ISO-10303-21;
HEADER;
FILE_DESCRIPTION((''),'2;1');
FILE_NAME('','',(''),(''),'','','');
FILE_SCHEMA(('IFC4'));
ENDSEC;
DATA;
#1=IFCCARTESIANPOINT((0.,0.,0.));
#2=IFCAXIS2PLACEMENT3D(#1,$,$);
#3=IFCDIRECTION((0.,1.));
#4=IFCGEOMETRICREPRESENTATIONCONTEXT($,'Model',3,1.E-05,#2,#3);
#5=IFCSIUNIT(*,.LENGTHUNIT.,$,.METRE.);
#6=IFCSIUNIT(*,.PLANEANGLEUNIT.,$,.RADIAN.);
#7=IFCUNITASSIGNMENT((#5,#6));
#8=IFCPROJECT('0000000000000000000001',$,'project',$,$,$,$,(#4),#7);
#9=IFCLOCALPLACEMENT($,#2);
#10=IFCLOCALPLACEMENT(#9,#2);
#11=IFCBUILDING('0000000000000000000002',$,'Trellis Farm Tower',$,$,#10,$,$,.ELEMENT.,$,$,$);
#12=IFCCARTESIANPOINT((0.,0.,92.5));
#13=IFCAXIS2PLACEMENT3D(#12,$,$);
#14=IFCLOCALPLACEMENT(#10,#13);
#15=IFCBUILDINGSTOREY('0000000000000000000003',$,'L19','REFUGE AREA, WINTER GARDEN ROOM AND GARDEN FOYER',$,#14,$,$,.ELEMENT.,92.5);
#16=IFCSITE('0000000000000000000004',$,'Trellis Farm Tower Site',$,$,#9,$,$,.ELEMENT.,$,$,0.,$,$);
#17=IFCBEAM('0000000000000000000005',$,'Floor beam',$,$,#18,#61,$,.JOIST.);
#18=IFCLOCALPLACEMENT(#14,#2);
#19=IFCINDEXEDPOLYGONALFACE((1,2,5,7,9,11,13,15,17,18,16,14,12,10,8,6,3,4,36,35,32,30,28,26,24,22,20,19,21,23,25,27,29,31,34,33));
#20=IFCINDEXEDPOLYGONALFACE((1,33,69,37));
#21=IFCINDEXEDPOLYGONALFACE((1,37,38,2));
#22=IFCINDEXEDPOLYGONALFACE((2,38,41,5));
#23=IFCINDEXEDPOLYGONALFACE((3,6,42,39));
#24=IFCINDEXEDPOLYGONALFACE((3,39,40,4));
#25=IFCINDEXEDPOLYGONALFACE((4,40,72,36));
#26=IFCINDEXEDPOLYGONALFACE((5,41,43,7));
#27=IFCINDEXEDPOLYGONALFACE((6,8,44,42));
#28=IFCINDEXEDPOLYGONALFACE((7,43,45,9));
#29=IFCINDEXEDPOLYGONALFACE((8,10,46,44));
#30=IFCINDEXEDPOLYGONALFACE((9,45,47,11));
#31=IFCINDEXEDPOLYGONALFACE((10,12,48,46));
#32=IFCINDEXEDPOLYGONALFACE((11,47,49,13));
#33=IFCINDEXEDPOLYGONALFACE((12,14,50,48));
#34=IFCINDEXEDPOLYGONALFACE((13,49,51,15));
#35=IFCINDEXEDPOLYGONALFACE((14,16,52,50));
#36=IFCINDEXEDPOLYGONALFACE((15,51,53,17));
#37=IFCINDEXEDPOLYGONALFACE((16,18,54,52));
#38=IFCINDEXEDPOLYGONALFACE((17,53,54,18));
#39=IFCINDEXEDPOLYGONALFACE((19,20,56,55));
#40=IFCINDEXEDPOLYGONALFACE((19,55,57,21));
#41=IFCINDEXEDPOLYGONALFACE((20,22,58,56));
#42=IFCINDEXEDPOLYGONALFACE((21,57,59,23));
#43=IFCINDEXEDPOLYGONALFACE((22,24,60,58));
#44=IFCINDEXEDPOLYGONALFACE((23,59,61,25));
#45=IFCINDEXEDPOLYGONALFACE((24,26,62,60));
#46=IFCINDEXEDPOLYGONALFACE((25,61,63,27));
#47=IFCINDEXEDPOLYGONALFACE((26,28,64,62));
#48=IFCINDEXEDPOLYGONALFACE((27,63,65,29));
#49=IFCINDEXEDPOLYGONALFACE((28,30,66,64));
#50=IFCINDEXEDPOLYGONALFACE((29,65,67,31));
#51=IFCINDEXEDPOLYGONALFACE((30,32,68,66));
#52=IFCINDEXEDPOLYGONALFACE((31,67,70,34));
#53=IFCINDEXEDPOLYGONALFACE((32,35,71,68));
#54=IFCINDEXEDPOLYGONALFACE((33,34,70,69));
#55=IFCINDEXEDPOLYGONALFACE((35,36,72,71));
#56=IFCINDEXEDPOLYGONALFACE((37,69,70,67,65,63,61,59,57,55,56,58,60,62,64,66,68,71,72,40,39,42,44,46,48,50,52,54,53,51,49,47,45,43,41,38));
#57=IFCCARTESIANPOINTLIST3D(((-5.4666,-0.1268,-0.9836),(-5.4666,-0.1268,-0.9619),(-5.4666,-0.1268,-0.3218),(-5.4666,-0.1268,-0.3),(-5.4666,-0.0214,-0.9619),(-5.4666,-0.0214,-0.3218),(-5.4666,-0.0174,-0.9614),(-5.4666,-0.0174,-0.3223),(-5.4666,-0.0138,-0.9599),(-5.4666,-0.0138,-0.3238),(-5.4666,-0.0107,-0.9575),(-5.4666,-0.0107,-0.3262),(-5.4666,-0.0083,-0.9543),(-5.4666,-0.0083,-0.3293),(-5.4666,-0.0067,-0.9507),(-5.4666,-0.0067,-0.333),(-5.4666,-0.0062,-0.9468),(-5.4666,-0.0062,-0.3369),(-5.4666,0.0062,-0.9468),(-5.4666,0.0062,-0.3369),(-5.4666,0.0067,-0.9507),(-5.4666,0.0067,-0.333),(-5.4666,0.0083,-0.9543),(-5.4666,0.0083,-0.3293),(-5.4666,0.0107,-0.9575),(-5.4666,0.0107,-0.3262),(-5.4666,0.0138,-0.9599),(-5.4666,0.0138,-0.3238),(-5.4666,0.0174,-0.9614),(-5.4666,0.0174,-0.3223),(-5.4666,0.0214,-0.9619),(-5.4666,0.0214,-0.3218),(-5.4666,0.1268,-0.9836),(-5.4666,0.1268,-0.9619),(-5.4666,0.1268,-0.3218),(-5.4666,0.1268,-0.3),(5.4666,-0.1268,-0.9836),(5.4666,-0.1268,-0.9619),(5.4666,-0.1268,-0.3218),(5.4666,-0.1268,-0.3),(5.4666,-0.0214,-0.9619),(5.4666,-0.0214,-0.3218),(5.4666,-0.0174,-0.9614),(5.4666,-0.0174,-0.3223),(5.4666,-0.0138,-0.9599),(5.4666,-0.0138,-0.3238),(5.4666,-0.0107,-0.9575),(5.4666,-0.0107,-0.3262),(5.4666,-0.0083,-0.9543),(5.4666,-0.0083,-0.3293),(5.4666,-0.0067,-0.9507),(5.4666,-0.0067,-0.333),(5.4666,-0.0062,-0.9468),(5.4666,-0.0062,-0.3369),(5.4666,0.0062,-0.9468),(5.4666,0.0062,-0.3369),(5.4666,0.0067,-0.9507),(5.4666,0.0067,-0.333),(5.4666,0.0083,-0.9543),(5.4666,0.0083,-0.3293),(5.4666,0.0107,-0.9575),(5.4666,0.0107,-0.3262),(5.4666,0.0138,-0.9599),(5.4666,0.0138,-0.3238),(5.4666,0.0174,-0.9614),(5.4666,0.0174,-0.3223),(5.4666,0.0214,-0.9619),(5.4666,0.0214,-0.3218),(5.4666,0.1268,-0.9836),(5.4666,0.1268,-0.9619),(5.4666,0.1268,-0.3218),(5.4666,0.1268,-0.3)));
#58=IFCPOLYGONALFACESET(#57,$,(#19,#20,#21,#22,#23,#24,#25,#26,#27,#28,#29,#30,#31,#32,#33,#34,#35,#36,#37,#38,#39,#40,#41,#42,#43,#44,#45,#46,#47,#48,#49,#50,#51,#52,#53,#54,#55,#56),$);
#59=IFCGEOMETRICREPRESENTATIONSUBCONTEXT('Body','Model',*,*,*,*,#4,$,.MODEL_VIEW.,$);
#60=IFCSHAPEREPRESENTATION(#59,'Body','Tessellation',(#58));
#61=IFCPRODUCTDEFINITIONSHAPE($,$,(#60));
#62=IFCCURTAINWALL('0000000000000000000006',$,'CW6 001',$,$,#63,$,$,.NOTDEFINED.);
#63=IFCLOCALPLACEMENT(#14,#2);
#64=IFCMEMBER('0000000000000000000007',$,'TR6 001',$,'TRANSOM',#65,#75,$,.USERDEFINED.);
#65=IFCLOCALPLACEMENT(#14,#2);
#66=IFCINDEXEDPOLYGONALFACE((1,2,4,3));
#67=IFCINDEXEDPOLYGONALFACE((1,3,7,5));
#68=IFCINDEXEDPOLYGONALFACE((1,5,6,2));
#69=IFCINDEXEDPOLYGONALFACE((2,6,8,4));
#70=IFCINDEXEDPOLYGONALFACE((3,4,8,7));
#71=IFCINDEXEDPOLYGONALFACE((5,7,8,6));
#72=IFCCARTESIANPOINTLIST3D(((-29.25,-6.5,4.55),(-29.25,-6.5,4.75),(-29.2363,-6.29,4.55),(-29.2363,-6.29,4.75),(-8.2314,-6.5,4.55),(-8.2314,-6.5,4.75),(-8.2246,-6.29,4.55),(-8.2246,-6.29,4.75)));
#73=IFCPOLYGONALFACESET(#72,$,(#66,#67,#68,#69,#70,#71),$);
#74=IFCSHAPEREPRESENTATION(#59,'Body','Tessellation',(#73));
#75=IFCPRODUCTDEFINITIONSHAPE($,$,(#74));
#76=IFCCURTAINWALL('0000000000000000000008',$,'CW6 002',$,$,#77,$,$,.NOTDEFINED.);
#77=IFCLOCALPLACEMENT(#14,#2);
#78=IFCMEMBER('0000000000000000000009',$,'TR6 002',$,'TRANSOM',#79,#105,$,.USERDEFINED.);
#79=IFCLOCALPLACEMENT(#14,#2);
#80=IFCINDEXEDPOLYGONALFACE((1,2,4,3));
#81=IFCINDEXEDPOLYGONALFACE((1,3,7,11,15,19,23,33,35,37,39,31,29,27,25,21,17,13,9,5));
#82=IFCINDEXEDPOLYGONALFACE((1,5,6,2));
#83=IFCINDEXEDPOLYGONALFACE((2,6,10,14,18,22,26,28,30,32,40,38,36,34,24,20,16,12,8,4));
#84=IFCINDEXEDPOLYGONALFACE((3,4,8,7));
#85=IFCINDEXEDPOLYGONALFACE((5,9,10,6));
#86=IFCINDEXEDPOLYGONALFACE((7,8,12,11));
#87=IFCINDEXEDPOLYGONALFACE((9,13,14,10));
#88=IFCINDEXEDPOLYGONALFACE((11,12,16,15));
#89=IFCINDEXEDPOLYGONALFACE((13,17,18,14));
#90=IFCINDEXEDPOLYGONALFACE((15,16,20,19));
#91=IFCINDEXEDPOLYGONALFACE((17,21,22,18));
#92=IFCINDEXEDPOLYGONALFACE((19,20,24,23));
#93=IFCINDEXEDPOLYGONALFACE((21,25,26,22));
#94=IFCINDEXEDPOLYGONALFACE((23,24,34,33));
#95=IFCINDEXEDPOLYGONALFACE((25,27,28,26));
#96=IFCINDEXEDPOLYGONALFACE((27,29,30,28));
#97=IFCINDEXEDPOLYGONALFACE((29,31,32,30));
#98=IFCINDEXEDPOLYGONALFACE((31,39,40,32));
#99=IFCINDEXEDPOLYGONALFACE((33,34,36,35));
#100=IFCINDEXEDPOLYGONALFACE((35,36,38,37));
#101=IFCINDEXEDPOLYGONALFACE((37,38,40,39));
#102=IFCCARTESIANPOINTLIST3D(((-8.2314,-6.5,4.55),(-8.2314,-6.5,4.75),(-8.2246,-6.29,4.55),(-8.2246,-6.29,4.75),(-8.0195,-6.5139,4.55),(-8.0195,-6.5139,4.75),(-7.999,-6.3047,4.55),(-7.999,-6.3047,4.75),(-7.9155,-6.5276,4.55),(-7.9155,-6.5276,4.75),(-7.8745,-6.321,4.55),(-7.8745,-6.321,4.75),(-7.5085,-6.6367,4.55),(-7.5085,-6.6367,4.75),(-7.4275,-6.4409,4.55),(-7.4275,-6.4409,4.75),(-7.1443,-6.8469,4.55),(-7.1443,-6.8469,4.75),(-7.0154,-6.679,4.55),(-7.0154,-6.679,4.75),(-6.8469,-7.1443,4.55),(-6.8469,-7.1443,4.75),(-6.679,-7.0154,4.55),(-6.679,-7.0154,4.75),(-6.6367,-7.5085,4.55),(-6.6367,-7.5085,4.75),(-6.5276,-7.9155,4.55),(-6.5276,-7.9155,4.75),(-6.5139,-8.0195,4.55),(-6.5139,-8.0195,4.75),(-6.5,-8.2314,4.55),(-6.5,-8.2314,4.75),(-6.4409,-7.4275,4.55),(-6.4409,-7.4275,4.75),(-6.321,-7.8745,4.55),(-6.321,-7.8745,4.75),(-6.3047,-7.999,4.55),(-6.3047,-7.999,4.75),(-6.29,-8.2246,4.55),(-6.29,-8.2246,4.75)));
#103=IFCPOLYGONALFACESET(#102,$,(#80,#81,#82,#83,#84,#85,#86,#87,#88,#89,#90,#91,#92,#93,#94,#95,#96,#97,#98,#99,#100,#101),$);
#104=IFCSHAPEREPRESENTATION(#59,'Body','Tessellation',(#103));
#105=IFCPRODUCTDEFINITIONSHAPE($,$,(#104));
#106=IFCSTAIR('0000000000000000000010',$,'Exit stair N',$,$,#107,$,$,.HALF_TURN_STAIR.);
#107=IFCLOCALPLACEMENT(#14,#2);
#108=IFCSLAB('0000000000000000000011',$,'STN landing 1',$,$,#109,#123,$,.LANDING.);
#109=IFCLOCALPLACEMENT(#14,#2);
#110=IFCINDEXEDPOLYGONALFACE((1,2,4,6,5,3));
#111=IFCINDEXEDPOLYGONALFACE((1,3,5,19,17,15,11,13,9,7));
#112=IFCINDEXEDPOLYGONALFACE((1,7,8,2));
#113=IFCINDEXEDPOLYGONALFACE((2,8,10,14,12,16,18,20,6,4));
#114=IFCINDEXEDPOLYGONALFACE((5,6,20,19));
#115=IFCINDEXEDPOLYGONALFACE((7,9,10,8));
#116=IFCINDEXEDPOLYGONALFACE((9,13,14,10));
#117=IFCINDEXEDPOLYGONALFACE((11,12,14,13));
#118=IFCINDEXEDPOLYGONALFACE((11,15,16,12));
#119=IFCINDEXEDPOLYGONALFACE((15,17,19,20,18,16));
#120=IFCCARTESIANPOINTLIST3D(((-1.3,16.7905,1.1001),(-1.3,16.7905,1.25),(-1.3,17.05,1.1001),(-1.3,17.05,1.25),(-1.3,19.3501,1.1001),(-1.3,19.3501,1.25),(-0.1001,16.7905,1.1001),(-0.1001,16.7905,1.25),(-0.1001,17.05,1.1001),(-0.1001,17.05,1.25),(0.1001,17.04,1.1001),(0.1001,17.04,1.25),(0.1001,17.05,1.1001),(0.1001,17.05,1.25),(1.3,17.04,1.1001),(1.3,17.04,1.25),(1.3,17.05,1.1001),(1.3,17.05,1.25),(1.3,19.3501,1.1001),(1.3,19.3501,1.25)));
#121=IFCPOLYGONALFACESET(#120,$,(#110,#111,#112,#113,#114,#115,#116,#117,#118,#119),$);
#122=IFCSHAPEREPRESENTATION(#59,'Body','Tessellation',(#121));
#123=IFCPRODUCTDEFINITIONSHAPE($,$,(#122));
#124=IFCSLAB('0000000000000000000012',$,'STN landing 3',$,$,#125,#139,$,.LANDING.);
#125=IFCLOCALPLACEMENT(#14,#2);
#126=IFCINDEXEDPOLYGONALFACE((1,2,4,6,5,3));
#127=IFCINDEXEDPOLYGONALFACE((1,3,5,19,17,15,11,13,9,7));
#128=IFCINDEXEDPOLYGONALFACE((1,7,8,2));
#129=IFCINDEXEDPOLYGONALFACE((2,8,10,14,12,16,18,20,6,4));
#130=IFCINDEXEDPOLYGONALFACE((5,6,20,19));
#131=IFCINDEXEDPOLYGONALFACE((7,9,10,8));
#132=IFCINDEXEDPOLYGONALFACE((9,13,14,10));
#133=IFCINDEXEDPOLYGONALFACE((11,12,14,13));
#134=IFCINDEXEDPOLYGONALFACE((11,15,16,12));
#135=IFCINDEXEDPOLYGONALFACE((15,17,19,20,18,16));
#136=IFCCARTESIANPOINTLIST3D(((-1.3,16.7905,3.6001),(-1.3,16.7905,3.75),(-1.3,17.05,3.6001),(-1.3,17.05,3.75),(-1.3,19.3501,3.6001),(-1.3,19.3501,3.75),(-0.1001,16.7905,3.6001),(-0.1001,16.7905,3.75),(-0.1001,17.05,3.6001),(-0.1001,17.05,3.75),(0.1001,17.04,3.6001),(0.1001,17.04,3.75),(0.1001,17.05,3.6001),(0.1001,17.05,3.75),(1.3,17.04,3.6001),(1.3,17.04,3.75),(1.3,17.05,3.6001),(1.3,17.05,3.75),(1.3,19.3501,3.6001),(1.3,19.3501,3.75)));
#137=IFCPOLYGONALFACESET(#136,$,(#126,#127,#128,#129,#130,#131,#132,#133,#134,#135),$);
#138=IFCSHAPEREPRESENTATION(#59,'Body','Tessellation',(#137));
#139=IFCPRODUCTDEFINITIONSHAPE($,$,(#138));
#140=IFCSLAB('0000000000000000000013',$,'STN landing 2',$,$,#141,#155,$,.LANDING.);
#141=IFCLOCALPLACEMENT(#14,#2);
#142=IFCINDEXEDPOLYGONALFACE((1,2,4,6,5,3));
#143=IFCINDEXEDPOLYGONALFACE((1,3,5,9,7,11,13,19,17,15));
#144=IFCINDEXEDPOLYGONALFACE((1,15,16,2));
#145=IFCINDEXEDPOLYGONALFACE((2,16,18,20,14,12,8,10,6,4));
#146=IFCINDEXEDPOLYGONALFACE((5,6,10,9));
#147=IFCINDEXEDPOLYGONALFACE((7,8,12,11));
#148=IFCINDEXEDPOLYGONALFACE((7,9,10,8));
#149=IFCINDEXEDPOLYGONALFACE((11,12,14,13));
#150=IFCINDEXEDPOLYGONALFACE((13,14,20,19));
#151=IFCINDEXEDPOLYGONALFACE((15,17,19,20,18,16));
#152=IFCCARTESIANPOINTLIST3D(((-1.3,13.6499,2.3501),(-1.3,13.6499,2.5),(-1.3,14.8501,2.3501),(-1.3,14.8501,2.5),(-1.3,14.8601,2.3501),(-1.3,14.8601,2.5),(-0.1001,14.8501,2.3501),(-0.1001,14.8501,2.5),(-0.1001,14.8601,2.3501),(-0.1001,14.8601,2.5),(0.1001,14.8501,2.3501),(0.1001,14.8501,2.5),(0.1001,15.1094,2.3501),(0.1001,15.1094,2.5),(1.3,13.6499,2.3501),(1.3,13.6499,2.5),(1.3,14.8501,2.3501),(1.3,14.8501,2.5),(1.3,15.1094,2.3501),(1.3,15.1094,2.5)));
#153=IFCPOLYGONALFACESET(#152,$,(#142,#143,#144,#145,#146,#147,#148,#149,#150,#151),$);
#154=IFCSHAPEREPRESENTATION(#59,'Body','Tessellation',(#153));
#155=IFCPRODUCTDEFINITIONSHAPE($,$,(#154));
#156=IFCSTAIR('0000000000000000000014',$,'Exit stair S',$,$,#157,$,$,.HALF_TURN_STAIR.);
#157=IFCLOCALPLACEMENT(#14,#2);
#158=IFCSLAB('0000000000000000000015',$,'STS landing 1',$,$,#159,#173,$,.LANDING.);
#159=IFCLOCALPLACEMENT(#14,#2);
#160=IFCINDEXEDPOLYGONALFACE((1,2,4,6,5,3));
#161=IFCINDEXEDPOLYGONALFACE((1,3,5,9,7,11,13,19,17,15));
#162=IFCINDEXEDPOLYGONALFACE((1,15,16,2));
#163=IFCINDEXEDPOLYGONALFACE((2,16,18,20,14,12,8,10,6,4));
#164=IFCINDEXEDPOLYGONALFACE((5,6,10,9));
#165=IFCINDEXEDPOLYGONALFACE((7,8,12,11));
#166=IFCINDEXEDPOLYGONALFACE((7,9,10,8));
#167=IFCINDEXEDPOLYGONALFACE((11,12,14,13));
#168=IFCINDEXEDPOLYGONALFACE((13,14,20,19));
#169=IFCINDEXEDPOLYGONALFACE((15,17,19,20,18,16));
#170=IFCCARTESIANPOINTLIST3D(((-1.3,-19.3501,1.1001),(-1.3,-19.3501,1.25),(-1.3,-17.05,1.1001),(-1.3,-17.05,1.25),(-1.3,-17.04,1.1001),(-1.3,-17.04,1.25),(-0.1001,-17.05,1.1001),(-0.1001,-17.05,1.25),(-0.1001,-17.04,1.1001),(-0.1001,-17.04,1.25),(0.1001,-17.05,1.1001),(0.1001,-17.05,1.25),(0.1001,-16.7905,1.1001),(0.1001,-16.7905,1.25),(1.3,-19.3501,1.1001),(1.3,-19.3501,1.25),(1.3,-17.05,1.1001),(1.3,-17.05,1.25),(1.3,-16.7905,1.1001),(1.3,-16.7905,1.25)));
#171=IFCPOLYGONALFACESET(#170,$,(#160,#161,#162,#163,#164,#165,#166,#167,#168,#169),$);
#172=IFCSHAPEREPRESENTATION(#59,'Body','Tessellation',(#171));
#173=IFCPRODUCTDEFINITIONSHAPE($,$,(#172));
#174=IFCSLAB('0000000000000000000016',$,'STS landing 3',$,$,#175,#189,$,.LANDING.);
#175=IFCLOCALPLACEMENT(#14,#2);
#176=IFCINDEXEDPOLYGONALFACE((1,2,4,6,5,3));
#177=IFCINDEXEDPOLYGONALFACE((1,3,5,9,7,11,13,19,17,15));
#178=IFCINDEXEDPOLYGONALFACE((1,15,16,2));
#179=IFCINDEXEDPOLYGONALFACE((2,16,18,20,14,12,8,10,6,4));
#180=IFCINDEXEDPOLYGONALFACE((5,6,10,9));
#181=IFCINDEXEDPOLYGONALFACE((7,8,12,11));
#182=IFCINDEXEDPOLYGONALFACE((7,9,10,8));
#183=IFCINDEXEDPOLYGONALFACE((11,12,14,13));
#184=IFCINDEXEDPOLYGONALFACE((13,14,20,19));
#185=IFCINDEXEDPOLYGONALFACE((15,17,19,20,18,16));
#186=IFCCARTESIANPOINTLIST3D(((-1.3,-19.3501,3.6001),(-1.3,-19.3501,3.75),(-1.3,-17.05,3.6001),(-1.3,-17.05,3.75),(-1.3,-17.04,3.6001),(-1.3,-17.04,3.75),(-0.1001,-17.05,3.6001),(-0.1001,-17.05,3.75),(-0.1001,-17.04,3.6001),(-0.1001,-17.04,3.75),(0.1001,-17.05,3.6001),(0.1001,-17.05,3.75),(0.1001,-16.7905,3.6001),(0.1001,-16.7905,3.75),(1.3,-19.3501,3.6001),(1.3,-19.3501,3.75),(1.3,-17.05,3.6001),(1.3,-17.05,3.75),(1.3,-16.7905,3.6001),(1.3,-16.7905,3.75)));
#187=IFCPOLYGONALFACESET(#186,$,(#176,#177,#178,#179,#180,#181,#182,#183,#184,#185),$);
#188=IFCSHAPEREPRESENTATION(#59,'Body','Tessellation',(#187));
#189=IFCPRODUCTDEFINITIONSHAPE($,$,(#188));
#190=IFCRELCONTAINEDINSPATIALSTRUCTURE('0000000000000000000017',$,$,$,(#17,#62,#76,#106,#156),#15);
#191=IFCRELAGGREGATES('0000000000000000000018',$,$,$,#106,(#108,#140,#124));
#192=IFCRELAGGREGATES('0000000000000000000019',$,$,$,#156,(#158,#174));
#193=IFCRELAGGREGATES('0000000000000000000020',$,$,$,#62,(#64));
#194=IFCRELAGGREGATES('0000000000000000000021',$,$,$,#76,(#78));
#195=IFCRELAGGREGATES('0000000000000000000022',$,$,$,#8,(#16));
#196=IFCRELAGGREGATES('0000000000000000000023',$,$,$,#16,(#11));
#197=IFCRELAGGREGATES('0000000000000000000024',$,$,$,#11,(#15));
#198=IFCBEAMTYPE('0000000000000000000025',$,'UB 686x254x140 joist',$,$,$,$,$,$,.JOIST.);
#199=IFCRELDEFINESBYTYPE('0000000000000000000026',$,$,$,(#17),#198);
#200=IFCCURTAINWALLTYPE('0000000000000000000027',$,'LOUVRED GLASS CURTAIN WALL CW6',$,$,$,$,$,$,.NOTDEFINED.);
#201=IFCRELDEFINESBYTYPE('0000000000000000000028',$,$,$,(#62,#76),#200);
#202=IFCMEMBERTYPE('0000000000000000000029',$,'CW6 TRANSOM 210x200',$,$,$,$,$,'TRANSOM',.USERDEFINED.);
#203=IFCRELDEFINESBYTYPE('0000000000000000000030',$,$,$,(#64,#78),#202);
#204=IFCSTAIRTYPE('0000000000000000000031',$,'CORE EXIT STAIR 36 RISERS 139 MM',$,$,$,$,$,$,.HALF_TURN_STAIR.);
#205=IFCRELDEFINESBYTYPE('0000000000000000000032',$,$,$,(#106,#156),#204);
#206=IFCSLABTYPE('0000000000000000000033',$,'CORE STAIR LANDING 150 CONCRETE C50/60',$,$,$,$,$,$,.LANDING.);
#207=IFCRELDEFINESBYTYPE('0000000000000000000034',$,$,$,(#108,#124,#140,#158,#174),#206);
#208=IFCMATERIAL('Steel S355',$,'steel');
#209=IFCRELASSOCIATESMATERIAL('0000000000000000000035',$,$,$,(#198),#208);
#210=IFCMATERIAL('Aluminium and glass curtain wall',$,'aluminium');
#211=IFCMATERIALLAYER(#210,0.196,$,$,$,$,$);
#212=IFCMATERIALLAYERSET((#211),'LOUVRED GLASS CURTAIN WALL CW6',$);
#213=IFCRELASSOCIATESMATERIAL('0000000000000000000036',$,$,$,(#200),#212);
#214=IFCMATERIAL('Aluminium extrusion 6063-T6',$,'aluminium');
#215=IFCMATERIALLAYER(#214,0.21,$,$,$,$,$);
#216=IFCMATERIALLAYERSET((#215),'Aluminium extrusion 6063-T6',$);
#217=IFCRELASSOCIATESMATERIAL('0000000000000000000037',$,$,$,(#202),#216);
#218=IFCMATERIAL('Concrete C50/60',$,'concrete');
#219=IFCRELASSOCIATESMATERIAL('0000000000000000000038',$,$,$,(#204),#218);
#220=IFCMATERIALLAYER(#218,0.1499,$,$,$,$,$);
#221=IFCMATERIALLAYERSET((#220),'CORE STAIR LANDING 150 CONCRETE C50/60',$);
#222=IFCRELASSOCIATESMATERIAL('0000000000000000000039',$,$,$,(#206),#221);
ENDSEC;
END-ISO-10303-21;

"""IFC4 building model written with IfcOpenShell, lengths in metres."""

from ifc_helpers import new_model, si_unit, direction, frame, origin, origin_2d, place, context, subcontext, project, spatial, polyline, i_section, outline, extrude, source, transform, mapped, material, layer, layer_set, material_profile, profile_set, type_object, element, aggregate, save


model = new_model("IFC4")

# Units and contexts
model_context = context("Model", 3, precision=1e-05, world=origin(), true_north=direction((0.0, 1.0)))
body_context = subcontext(model_context, "Body", "Model", "MODEL_VIEW")
ifc_project = project(units=[si_unit("LENGTHUNIT", "METRE"), si_unit("PLANEANGLEUNIT", "RADIAN")], contexts=[model_context])

# Site, building, storey
site_placement = place(None, origin())
site = spatial("IfcSite", under=ifc_project, at=site_placement, Name="Trellis Farm Tower Site", CompositionType="ELEMENT", RefElevation=0.0)
building_placement = place(site_placement, origin())
building = spatial("IfcBuilding", under=site, at=building_placement, Name="Trellis Farm Tower", CompositionType="ELEMENT")
storey_placement = place(building_placement, frame((0.0, 0.0, 92.5)))
storey = spatial("IfcBuildingStorey", under=building, at=storey_placement, Name="L19", Description="REFUGE AREA, WINTER GARDEN ROOM AND GARDEN FOYER", CompositionType="ELEMENT", Elevation=92.5)

# Beam
ifc_material_1 = material(Name="Steel S355", Category="steel")
ifc_material_profile = material_profile(ifc_material_1, i_section(OverallWidth=0.2537, OverallDepth=0.6836, WebThickness=0.0125, FlangeThickness=0.0217, FilletRadius=0.0151, at=origin_2d()), Name="UB 686x254x140")
ifc_profile_set = profile_set([ifc_material_profile], Name="Steel S355")
beam_type = type_object("IfcBeamType", Name="UB 686x254x140 joist", PredefinedType="JOIST", material=ifc_profile_set)
shared_shape_1 = source(origin(), body_context, "Body", "SweptSolid", [
    extrude(i_section(OverallWidth=0.2537, OverallDepth=0.6836, WebThickness=0.0125, FlangeThickness=0.0217, FilletRadius=0.0151, at=origin_2d()), origin(), (0.0, 0.0, 1.0), 10.9331),
])
beam_placement = place(storey_placement, frame((-5.4666, 0.0, -0.6418), z_axis=(1.0, 0.0, 0.0), x_axis=(0.0, 1.0, 0.0)))
element("IfcBeam", 1, at=beam_placement, inside=storey, type_object=beam_type, Name="Floor beam", PredefinedType="JOIST", context=body_context, shape_type="MappedRepresentation", body=[
    mapped(shared_shape_1, transform((0.0, 0.0, 0.0))),
])

# Curtain walls, members
ifc_material_2 = material(Name="Aluminium and glass curtain wall", Category="aluminium")
ifc_layer_1 = layer(ifc_material_2, 0.196)
ifc_layer_set_1 = layer_set([ifc_layer_1], Name="LOUVRED GLASS CURTAIN WALL CW6")
curtain_wall_type = type_object("IfcCurtainWallType", Name="LOUVRED GLASS CURTAIN WALL CW6", PredefinedType="NOTDEFINED", material=ifc_layer_set_1)
placement_1 = place(storey_placement, origin())
curtain_wall_1 = element("IfcCurtainWall", 2, at=placement_1, inside=storey, type_object=curtain_wall_type, Name="CW6 001", PredefinedType="NOTDEFINED")
ifc_material_3 = material(Name="Aluminium extrusion 6063-T6", Category="aluminium")
ifc_layer_2 = layer(ifc_material_3, 0.21)
ifc_layer_set_2 = layer_set([ifc_layer_2], Name="Aluminium extrusion 6063-T6")
member_type = type_object("IfcMemberType", Name="CW6 TRANSOM 210x200", ElementType="TRANSOM", PredefinedType="USERDEFINED", material=ifc_layer_set_2)
shared_shape_2 = source(origin(), body_context, "Body", "SweptSolid", [
    extrude(outline(polyline([(-29.25, -6.5), (-8.2314, -6.5), (-8.2246, -6.29), (-29.2363, -6.29), (-29.25, -6.5)])), origin(), (0.0, 0.0, 1.0), 0.2),
])
placement_2 = place(storey_placement, frame((0.0, 0.0, 4.55)))
member_1 = element("IfcMember", 3, at=placement_2, type_object=member_type, Name="TR6 001", ObjectType="TRANSOM", PredefinedType="USERDEFINED", context=body_context, shape_type="MappedRepresentation", body=[
    mapped(shared_shape_2, transform((0.0, 0.0, 0.0))),
])
curtain_wall_2 = element("IfcCurtainWall", 4, at=placement_1, inside=storey, type_object=curtain_wall_type, Name="CW6 002", PredefinedType="NOTDEFINED")
shared_shape_3 = source(origin(), body_context, "Body", "SweptSolid", [
    extrude(outline(polyline([(-8.2314, -6.5), (-8.0195, -6.5139), (-7.9155, -6.5276), (-7.5085, -6.6367), (-7.1443, -6.8469), (-6.8469, -7.1443), (-6.6367, -7.5085), (-6.5276, -7.9155), (-6.5139, -8.0195), (-6.5, -8.2314), (-6.29, -8.2246), (-6.3047, -7.999), (-6.321, -7.8745), (-6.4409, -7.4275), (-6.679, -7.0154), (-7.0154, -6.679), (-7.4275, -6.4409), (-7.8745, -6.321), (-7.999, -6.3047), (-8.2246, -6.29), (-8.2314, -6.5)])), origin(), (0.0, 0.0, 1.0), 0.2),
])
member_2 = element("IfcMember", 5, at=placement_2, type_object=member_type, Name="TR6 002", ObjectType="TRANSOM", PredefinedType="USERDEFINED", context=body_context, shape_type="MappedRepresentation", body=[
    mapped(shared_shape_3, transform((0.0, 0.0, 0.0))),
])

# Stairs, slabs
ifc_material_4 = material(Name="Concrete C50/60", Category="concrete")
stair_type = type_object("IfcStairType", Name="CORE EXIT STAIR 36 RISERS 139 MM", PredefinedType="HALF_TURN_STAIR", material=ifc_material_4)
stair_1 = element("IfcStair", 6, at=placement_1, inside=storey, type_object=stair_type, Name="Exit stair N", PredefinedType="HALF_TURN_STAIR")
ifc_layer_3 = layer(ifc_material_4, 0.1499)
ifc_layer_set_3 = layer_set([ifc_layer_3], Name="CORE STAIR LANDING 150 CONCRETE C50/60")
slab_type_1 = type_object("IfcSlabType", Name="CORE STAIR LANDING 150 CONCRETE C50/60", PredefinedType="LANDING", material=ifc_layer_set_3)
shared_shape_4 = source(origin(), body_context, "Body", "SweptSolid", [
    extrude(outline(polyline([(-0.1001, 16.7905), (-1.3, 16.7905), (-1.3, 17.05), (-1.3, 19.3501), (1.3, 19.3501), (1.3, 17.05), (1.3, 17.04), (0.1001, 17.04), (0.1001, 17.05), (-0.1001, 17.05), (-0.1001, 16.7905)])), origin(), (0.0, 0.0, 1.0), 0.1499),
])
placement_3 = place(storey_placement, frame((0.0, 0.0, 1.1001)))
slab_1 = element("IfcSlab", 7, at=placement_3, type_object=slab_type_1, Name="STN landing 1", PredefinedType="LANDING", context=body_context, shape_type="MappedRepresentation", body=[
    mapped(shared_shape_4, transform((0.0, 0.0, 0.0))),
])
placement_4 = place(storey_placement, frame((0.0, 0.0, 3.6001)))
slab_2 = element("IfcSlab", 8, at=placement_4, type_object=slab_type_1, Name="STN landing 3", PredefinedType="LANDING", context=body_context, shape_type="MappedRepresentation", body=[
    mapped(shared_shape_4, transform((0.0, 0.0, 0.0))),
])
shared_shape_5 = source(origin(), body_context, "Body", "SweptSolid", [
    extrude(outline(polyline([(1.3, 13.6499), (-1.3, 13.6499), (-1.3, 14.8501), (-1.3, 14.8601), (-0.1001, 14.8601), (-0.1001, 14.8501), (0.1001, 14.8501), (0.1001, 15.1094), (1.3, 15.1094), (1.3, 14.8501), (1.3, 13.6499)])), origin(), (0.0, 0.0, 1.0), 0.1499),
])
placement_5 = place(storey_placement, frame((0.0, 0.0, 2.3501)))
slab_3 = element("IfcSlab", 9, at=placement_5, type_object=slab_type_1, Name="STN landing 2", PredefinedType="LANDING", context=body_context, shape_type="MappedRepresentation", body=[
    mapped(shared_shape_5, transform((0.0, 0.0, 0.0))),
])
aggregate(stair_1, [slab_1, slab_3, slab_2])
stair_2 = element("IfcStair", 10, at=placement_1, inside=storey, type_object=stair_type, Name="Exit stair S", PredefinedType="HALF_TURN_STAIR")
shared_shape_6 = source(origin(), body_context, "Body", "SweptSolid", [
    extrude(outline(polyline([(1.3, -19.3501), (-1.3, -19.3501), (-1.3, -17.05), (-1.3, -17.04), (-0.1001, -17.04), (-0.1001, -17.05), (0.1001, -17.05), (0.1001, -16.7905), (1.3, -16.7905), (1.3, -17.05), (1.3, -19.3501)])), origin(), (0.0, 0.0, 1.0), 0.1499),
])
slab_4 = element("IfcSlab", 11, at=placement_3, type_object=slab_type_1, Name="STS landing 1", PredefinedType="LANDING", context=body_context, shape_type="MappedRepresentation", body=[
    mapped(shared_shape_6, transform((0.0, 0.0, 0.0))),
])
slab_5 = element("IfcSlab", 12, at=placement_4, type_object=slab_type_1, Name="STS landing 3", PredefinedType="LANDING", context=body_context, shape_type="MappedRepresentation", body=[
    mapped(shared_shape_6, transform((0.0, 0.0, 0.0))),
])
aggregate(stair_2, [slab_4, slab_5])

aggregate(curtain_wall_1, [member_1])
aggregate(curtain_wall_2, [member_2])

save(model, "model.ifc")
